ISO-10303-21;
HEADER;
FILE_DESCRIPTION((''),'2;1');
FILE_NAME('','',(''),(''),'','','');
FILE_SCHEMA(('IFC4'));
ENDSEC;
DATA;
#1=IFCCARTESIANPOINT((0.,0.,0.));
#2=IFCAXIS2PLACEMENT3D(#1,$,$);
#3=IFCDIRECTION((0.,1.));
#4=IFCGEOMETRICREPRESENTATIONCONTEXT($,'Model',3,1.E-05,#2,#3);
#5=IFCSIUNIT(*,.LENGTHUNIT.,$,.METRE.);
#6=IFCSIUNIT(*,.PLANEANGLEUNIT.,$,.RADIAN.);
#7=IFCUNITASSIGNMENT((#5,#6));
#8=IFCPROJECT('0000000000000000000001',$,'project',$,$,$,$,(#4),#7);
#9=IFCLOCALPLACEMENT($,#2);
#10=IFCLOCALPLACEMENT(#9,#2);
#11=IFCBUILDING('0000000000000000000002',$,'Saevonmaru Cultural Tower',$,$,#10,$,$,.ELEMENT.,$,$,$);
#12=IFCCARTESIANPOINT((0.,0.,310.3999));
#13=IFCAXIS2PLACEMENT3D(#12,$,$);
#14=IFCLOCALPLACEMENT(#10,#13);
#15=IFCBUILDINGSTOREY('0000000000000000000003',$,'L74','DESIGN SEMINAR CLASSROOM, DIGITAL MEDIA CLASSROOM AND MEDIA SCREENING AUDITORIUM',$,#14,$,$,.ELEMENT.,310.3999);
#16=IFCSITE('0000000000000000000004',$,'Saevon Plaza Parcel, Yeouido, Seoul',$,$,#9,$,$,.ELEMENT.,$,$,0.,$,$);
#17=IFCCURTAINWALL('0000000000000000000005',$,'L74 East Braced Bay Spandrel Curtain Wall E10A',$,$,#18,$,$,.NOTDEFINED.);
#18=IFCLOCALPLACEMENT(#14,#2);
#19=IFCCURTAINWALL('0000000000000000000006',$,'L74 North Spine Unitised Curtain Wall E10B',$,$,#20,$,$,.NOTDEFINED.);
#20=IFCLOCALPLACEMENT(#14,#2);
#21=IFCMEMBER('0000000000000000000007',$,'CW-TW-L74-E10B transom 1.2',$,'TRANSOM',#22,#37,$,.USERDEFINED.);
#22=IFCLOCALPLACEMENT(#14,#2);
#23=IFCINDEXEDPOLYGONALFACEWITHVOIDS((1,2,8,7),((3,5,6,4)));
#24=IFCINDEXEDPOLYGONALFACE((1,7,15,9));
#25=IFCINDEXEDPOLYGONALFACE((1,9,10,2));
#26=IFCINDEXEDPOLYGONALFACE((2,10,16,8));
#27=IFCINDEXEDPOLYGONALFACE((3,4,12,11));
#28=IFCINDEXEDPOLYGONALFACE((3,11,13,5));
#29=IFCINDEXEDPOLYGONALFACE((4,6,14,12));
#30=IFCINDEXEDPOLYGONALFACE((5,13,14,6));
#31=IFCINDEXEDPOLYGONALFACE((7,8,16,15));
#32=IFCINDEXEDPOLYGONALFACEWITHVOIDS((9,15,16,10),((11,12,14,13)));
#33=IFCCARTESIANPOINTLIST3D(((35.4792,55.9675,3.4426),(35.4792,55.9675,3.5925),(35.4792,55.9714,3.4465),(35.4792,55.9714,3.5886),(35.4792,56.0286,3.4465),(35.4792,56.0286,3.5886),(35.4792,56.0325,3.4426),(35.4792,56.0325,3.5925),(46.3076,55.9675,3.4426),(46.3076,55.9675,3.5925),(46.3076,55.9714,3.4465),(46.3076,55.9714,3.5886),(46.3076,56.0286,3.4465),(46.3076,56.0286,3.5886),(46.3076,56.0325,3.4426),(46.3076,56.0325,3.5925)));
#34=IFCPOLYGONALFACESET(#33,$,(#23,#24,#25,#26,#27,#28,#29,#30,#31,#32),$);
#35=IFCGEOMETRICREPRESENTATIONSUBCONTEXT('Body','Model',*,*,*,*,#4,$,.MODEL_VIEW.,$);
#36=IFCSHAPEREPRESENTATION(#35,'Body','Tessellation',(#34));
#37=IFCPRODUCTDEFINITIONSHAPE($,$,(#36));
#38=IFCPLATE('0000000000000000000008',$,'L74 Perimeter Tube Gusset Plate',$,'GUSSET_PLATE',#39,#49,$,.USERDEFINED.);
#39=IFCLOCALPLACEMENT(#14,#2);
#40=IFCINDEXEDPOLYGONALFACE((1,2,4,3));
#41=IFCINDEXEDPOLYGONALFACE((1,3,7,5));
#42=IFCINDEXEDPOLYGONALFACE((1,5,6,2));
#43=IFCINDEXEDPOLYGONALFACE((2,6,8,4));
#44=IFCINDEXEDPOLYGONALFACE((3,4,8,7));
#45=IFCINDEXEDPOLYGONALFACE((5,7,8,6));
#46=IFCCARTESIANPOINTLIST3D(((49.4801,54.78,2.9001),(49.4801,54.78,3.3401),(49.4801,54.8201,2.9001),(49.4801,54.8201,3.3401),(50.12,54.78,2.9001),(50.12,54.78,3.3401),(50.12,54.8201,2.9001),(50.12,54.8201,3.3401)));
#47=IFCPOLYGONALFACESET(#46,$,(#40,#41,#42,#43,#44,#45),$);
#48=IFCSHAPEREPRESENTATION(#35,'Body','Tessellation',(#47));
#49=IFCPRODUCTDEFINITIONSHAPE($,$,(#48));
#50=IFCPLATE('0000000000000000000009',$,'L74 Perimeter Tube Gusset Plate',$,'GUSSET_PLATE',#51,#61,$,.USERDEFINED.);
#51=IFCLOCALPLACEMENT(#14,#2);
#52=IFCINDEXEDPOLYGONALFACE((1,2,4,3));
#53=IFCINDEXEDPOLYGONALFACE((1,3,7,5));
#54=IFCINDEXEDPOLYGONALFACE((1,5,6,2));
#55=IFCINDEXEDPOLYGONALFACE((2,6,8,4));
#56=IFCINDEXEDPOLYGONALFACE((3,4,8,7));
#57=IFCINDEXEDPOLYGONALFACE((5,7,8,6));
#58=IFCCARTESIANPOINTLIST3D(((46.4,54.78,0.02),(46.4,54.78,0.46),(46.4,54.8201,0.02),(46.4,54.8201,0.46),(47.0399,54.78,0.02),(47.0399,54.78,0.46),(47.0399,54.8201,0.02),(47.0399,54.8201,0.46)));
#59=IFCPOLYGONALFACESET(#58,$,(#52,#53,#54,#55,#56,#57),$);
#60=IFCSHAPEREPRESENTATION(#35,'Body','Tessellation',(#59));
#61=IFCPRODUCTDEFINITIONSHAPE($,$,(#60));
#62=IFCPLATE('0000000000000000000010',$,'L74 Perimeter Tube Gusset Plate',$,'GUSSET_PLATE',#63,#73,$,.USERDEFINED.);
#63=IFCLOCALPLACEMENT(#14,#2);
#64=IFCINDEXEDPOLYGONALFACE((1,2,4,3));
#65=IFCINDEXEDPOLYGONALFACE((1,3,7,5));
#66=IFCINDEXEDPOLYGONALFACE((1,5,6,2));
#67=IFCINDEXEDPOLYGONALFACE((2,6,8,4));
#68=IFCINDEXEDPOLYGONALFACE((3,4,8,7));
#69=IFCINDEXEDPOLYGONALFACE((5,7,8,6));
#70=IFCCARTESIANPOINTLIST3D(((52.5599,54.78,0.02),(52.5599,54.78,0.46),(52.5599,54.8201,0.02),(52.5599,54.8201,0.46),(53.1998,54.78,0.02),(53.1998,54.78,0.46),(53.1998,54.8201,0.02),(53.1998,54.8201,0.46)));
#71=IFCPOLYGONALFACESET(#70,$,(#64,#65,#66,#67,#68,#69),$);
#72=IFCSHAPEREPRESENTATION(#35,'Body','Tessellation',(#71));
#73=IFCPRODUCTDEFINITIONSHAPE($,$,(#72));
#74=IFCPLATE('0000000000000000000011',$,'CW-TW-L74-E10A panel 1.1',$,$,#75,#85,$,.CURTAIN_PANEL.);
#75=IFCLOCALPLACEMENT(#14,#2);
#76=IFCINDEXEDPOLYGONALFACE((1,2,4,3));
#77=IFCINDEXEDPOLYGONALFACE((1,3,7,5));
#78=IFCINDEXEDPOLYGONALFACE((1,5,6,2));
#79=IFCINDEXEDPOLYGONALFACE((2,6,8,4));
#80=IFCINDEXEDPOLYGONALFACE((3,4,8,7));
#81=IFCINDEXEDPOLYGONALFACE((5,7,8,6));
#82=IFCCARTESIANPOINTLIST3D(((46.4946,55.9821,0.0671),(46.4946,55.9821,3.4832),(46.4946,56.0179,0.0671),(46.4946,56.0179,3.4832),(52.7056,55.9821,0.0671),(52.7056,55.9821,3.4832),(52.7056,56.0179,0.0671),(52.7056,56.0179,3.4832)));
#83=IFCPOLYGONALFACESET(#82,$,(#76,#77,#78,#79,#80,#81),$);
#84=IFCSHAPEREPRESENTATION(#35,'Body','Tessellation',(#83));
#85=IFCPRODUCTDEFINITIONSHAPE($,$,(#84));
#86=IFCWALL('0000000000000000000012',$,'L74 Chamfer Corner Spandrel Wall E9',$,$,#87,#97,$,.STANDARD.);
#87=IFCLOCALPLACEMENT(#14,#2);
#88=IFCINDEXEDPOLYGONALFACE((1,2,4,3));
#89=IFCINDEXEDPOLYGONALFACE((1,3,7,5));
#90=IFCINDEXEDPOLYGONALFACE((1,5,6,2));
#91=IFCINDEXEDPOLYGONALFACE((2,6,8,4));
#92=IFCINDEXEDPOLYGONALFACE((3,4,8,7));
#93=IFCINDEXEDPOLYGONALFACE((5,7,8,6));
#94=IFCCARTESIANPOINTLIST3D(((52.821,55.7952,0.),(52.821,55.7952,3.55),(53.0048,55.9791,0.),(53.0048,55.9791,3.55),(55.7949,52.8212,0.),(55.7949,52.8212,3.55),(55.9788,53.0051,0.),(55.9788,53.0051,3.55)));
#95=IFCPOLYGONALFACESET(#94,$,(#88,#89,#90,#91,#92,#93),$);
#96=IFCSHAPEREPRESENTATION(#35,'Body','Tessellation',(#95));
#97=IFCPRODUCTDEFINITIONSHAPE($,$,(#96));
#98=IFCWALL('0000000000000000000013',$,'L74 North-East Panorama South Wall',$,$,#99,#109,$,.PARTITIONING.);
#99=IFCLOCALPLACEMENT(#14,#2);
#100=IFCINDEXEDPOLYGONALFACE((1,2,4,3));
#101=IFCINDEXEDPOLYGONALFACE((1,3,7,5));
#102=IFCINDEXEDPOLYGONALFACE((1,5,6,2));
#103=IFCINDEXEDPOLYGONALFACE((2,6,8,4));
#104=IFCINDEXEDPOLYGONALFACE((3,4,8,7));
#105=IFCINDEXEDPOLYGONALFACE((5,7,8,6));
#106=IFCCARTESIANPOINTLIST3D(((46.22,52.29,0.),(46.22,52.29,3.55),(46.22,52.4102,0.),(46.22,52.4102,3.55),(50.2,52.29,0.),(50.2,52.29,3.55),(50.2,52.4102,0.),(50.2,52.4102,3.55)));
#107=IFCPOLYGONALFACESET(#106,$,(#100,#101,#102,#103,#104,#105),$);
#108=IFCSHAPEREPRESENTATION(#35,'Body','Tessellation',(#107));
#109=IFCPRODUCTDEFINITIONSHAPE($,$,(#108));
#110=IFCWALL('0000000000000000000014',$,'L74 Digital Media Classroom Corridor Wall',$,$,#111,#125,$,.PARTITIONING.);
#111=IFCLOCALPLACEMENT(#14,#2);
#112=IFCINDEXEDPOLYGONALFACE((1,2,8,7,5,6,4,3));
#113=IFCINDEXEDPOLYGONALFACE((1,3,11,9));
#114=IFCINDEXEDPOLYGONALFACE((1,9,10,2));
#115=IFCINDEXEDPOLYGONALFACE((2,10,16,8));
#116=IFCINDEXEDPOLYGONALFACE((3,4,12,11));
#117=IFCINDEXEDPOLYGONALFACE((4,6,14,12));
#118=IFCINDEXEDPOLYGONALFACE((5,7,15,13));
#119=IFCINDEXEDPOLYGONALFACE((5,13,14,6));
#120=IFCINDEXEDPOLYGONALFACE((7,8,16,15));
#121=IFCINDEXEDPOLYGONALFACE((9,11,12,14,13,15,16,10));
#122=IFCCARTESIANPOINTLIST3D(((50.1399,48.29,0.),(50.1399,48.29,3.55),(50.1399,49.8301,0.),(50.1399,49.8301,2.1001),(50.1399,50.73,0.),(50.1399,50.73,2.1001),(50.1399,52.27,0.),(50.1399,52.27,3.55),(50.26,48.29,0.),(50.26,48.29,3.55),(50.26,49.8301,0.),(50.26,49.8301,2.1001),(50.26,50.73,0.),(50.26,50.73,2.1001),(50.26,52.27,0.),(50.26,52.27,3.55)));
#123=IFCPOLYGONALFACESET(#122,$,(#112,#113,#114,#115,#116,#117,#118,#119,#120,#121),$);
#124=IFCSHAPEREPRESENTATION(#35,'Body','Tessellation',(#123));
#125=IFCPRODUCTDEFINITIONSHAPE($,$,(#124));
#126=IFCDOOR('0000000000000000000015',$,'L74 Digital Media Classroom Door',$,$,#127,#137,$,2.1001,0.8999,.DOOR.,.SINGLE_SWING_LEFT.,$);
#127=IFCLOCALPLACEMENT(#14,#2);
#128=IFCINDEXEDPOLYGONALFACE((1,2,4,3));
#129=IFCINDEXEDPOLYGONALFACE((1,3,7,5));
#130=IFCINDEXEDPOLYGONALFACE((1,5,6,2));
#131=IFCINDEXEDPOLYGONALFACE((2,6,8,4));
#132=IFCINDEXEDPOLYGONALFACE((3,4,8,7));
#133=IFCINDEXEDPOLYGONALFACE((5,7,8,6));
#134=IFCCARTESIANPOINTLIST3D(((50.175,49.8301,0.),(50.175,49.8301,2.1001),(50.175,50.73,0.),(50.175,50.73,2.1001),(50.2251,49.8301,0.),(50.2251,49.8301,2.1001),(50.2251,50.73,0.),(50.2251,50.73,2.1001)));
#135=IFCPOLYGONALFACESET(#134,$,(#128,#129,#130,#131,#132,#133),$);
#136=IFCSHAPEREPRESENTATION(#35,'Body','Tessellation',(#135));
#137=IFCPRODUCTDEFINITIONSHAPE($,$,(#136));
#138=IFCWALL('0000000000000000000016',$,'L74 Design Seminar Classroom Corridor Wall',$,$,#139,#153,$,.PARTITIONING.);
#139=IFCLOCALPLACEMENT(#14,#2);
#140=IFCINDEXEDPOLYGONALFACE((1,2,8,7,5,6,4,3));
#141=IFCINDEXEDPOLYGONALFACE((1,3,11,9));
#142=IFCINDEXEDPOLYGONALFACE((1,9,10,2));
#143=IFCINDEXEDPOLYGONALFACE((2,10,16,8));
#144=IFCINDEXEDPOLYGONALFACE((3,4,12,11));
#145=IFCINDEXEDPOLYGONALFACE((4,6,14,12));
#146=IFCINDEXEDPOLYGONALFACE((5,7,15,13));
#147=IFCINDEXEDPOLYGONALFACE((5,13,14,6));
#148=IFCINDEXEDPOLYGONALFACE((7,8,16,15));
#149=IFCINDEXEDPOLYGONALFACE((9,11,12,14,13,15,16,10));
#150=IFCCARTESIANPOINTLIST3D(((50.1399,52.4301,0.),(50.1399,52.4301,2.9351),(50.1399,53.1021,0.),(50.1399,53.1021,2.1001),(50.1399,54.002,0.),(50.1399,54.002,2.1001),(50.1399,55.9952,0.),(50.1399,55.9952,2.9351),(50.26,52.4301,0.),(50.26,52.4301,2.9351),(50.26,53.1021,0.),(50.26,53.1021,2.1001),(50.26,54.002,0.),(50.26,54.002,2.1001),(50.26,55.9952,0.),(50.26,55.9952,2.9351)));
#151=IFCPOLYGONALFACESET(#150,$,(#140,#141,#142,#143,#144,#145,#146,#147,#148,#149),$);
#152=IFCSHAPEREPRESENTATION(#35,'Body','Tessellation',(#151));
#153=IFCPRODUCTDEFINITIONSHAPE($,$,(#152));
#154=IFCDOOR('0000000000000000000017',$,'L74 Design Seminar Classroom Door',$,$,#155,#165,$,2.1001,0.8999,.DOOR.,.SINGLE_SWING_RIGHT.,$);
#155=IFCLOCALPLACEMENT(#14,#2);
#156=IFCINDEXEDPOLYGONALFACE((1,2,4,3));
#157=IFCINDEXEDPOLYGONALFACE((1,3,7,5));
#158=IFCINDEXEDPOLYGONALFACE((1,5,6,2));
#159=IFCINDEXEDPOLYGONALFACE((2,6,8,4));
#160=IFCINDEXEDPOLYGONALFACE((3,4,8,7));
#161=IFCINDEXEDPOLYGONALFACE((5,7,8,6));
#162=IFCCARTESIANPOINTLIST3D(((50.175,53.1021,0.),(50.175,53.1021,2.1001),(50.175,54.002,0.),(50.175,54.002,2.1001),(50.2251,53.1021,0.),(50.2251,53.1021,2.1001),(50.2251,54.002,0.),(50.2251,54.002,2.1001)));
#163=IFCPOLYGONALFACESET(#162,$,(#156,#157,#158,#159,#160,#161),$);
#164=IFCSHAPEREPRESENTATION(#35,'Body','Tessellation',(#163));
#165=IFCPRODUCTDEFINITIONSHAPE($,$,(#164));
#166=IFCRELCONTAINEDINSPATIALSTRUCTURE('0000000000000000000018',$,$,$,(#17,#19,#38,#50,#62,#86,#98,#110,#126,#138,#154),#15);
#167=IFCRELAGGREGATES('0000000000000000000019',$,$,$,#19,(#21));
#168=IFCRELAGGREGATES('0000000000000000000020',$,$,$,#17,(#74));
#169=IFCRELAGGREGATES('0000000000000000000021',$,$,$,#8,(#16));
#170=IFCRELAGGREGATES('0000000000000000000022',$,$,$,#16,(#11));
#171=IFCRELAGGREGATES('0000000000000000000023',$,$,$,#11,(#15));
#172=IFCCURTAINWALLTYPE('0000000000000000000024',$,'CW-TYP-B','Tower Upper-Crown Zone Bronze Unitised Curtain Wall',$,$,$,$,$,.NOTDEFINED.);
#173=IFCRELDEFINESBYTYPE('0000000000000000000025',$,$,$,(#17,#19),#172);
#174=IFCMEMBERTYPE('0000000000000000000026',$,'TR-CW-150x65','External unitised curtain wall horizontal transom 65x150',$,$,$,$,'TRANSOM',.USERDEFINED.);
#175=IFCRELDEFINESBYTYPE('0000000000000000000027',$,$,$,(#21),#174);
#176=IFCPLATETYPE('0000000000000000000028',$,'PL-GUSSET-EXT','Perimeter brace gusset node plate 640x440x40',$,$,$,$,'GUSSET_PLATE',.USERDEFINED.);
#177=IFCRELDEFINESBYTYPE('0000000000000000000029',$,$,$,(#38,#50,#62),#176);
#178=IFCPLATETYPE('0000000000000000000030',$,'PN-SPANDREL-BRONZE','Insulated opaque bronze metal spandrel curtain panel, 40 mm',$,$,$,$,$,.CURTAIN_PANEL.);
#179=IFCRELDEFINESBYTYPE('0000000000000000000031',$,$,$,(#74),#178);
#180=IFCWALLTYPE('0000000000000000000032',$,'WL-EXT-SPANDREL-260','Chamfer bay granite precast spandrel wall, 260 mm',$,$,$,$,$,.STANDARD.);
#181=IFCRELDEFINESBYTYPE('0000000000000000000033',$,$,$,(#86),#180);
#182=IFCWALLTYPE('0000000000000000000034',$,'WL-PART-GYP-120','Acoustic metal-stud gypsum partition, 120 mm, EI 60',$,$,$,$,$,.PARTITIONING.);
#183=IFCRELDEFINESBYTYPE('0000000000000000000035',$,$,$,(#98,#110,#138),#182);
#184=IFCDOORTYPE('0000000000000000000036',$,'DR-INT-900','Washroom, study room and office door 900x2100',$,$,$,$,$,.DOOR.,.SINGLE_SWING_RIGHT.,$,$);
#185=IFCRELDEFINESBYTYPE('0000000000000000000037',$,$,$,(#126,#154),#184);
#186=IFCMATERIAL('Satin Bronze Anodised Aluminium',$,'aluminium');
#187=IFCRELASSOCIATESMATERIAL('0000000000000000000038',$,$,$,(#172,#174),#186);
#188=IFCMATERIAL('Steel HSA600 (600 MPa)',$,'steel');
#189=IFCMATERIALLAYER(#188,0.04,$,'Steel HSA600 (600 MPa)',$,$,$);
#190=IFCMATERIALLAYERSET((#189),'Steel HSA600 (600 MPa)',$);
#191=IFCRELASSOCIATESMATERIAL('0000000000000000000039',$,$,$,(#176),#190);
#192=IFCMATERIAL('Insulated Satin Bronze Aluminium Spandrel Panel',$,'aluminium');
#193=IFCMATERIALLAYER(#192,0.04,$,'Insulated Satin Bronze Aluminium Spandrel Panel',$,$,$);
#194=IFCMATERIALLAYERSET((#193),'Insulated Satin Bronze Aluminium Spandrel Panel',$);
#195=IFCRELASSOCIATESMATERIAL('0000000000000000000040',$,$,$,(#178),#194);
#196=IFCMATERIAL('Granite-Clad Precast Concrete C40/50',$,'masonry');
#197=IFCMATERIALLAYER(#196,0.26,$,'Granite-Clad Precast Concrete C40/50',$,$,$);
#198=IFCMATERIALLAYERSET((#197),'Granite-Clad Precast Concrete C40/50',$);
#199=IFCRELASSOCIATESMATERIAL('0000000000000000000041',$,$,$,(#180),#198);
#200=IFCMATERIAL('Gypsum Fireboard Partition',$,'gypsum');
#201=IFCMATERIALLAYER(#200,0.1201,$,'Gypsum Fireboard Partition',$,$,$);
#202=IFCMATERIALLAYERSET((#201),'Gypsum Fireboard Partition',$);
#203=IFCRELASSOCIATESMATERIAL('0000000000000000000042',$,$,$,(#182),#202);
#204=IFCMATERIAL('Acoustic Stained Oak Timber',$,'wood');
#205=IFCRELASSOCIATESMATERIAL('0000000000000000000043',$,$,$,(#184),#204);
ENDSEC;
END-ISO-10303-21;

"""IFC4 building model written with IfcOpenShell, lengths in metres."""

from ifc_helpers import new_model, si_unit, direction, frame, frame_2d, origin, origin_2d, place, context, subcontext, project, spatial, rectangle, hollow_rectangle, extrude, material, layer, layer_set, material_profile, profile_set, type_object, element, fill, aggregate, save


model = new_model("IFC4")

# Units and contexts
model_context = context("Model", 3, precision=1e-05, world=origin(), true_north=direction((0.0, 1.0)))
body_context = subcontext(model_context, "Body", "Model", "MODEL_VIEW")
ifc_project = project(units=[si_unit("LENGTHUNIT", "METRE"), si_unit("PLANEANGLEUNIT", "RADIAN")], contexts=[model_context])

# Site, building, storey
site_placement = place(None, origin())
site = spatial("IfcSite", under=ifc_project, at=site_placement, Name="Saevon Plaza Parcel, Yeouido, Seoul", CompositionType="ELEMENT", RefElevation=0.0)
building_placement = place(site_placement, origin())
building = spatial("IfcBuilding", under=site, at=building_placement, Name="Saevonmaru Cultural Tower", CompositionType="ELEMENT")
storey_placement = place(building_placement, frame((0.0, 0.0, 310.3999)))
storey = spatial("IfcBuildingStorey", under=building, at=storey_placement, Name="L74", Description="DESIGN SEMINAR CLASSROOM, DIGITAL MEDIA CLASSROOM AND MEDIA SCREENING AUDITORIUM", CompositionType="ELEMENT", Elevation=310.3999)

# Shared definitions
ifc_material_1 = material(Name="Satin Bronze Anodised Aluminium", Category="aluminium")
curtain_wall_type = type_object("IfcCurtainWallType", Name="CW-TYP-B", Description="Tower Upper-Crown Zone Bronze Unitised Curtain Wall", PredefinedType="NOTDEFINED", material=ifc_material_1)

# Curtain wall
curtain_wall_1_placement = place(storey_placement, origin())
curtain_wall_1 = element("IfcCurtainWall", 1, at=curtain_wall_1_placement, inside=storey, type_object=curtain_wall_type, Name="L74 East Braced Bay Spandrel Curtain Wall E10A", PredefinedType="NOTDEFINED")

# Curtain wall
curtain_wall_2_placement = place(storey_placement, origin())
curtain_wall_2 = element("IfcCurtainWall", 2, at=curtain_wall_2_placement, inside=storey, type_object=curtain_wall_type, Name="L74 North Spine Unitised Curtain Wall E10B", PredefinedType="NOTDEFINED")

# Member
ifc_material_profile_1 = material_profile(ifc_material_1, hollow_rectangle(XDim=0.0649, YDim=0.1499, WallThickness=0.0039, at=origin_2d()), Name="ALU-TRAN-150x65x4")
ifc_profile_set_1 = profile_set([ifc_material_profile_1], Name="Satin Bronze Anodised Aluminium")
member_type_1 = type_object("IfcMemberType", Name="TR-CW-150x65", Description="External unitised curtain wall horizontal transom 65x150", ElementType="TRANSOM", PredefinedType="USERDEFINED", material=ifc_profile_set_1)
member_1_placement = place(storey_placement, frame((46.3076, 56.0, 3.5176), z_axis=(-1.0, 0.0, 0.0), x_axis=(0.0, -1.0, 0.0)))
member_1 = element("IfcMember", 3, at=member_1_placement, type_object=member_type_1, Name="CW-TW-L74-E10B transom 1.2", ObjectType="TRANSOM", PredefinedType="USERDEFINED", context=body_context, shape_type="SweptSolid", body=[
    extrude(hollow_rectangle(XDim=0.0649, YDim=0.1499, WallThickness=0.0039, at=origin_2d()), origin(), (0.0, 0.0, 1.0), 10.8284),
])
aggregate(curtain_wall_2, [member_1])

# Plates
ifc_material_2 = material(Name="Steel HSA600 (600 MPa)", Category="steel")
ifc_layer_1 = layer(ifc_material_2, 0.04, Name="Steel HSA600 (600 MPa)")
ifc_layer_set_1 = layer_set([ifc_layer_1], Name="Steel HSA600 (600 MPa)")
plate_type_1 = type_object("IfcPlateType", Name="PL-GUSSET-EXT", Description="Perimeter brace gusset node plate 640x440x40", ElementType="GUSSET_PLATE", PredefinedType="USERDEFINED", material=ifc_layer_set_1)
for number, where, z_axis, x_axis, name in (
    (4, (49.8, 54.8, 2.9001), (0.0, 0.0, 1.0), (1.0, 0.0, 0.0), "L74 Perimeter Tube Gusset Plate"),
    (5, (46.72, 54.8, 0.02), (0.0, 0.0, 1.0), (1.0, 0.0, 0.0), "L74 Perimeter Tube Gusset Plate"),
    (6, (52.8799, 54.8, 0.02), (0.0, 0.0, 1.0), (1.0, 0.0, 0.0), "L74 Perimeter Tube Gusset Plate"),
):
    element("IfcPlate", number, at=place(storey_placement, frame(where, z_axis=z_axis, x_axis=x_axis)), inside=storey, type_object=plate_type_1, Name=name, ObjectType="GUSSET_PLATE", PredefinedType="USERDEFINED", context=body_context, shape_type="SweptSolid", body=[
        extrude(rectangle(XDim=0.6399, YDim=0.04, at=origin_2d()), origin(), (0.0, 0.0, 1.0), 0.4399),
    ])

# Plate
ifc_material_3 = material(Name="Insulated Satin Bronze Aluminium Spandrel Panel", Category="aluminium")
ifc_layer_2 = layer(ifc_material_3, 0.04, Name="Insulated Satin Bronze Aluminium Spandrel Panel")
ifc_layer_set_2 = layer_set([ifc_layer_2], Name="Insulated Satin Bronze Aluminium Spandrel Panel")
plate_type_2 = type_object("IfcPlateType", Name="PN-SPANDREL-BRONZE", Description="Insulated opaque bronze metal spandrel curtain panel, 40 mm", PredefinedType="CURTAIN_PANEL", material=ifc_layer_set_2)
plate_placement = place(storey_placement, frame((49.6001, 56.0, 0.0671), z_axis=(0.0, 0.0, 1.0), x_axis=(-1.0, 0.0, 0.0)))
plate = element("IfcPlate", 7, at=plate_placement, type_object=plate_type_2, Name="CW-TW-L74-E10A panel 1.1", PredefinedType="CURTAIN_PANEL", context=body_context, shape_type="SweptSolid", body=[
    extrude(rectangle(XDim=6.2109, YDim=0.0359, at=origin_2d()), origin(), (0.0, 0.0, 1.0), 3.416),
])
aggregate(curtain_wall_1, [plate])

# Walls
ifc_material_4 = material(Name="Granite-Clad Precast Concrete C40/50", Category="masonry")
ifc_layer_3 = layer(ifc_material_4, 0.26, Name="Granite-Clad Precast Concrete C40/50")
ifc_layer_set_3 = layer_set([ifc_layer_3], Name="Granite-Clad Precast Concrete C40/50")
wall_type_1 = type_object("IfcWallType", Name="WL-EXT-SPANDREL-260", Description="Chamfer bay granite precast spandrel wall, 260 mm", PredefinedType="STANDARD", material=ifc_layer_set_3)
wall_1_placement = place(storey_placement, frame((55.887, 52.9131, 0.0), z_axis=(0.0, 0.0, 1.0), x_axis=(-0.707107, 0.707107, 0.0)))
element("IfcWall", 8, at=wall_1_placement, inside=storey, type_object=wall_type_1, Name="L74 Chamfer Corner Spandrel Wall E9", PredefinedType="STANDARD", context=body_context, shape_type="SweptSolid", body=[
    extrude(rectangle(XDim=4.2058, YDim=0.26, at=frame_2d((2.103, 0.0))), origin(), (0.0, 0.0, 1.0), 3.55),
])
ifc_material_5 = material(Name="Gypsum Fireboard Partition", Category="gypsum")
ifc_layer_4 = layer(ifc_material_5, 0.1201, Name="Gypsum Fireboard Partition")
ifc_layer_set_4 = layer_set([ifc_layer_4], Name="Gypsum Fireboard Partition")
wall_type_2 = type_object("IfcWallType", Name="WL-PART-GYP-120", Description="Acoustic metal-stud gypsum partition, 120 mm, EI 60", PredefinedType="PARTITIONING", material=ifc_layer_set_4)
wall_2_placement = place(storey_placement, frame((46.22, 52.3501, 0.0), z_axis=(0.0, 0.0, 1.0), x_axis=(1.0, 0.0, 0.0)))
element("IfcWall", 9, at=wall_2_placement, inside=storey, type_object=wall_type_2, Name="L74 North-East Panorama South Wall", PredefinedType="PARTITIONING", context=body_context, shape_type="SweptSolid", body=[
    extrude(rectangle(XDim=3.98, YDim=0.1201, at=frame_2d((1.99, 0.0))), origin(), (0.0, 0.0, 1.0), 3.55),
])

# Walls, openings, doors
wall_3_placement = place(storey_placement, frame((50.2, 48.29, 0.0), z_axis=(0.0, 0.0, 1.0), x_axis=(0.0, 1.0, 0.0)))
wall_3 = element("IfcWall", 10, at=wall_3_placement, inside=storey, type_object=wall_type_2, Name="L74 Digital Media Classroom Corridor Wall", PredefinedType="PARTITIONING", context=body_context, shape_type="SweptSolid", body=[
    extrude(rectangle(XDim=3.98, YDim=0.1201, at=frame_2d((1.99, 0.0))), origin(), (0.0, 0.0, 1.0), 3.55),
])
opening_1_placement = place(wall_3_placement, frame((1.54, 0.0, 0.0)))
opening_1 = element("IfcOpeningElement", 11, at=opening_1_placement, cuts=wall_3, PredefinedType="OPENING", context=body_context, shape_type="SweptSolid", body=[
    extrude(rectangle(XDim=0.8999, YDim=2.1001, at=frame_2d((0.45, 1.05))), frame((0.0, 0.0701, 0.0), z_axis=(0.0, -1.0, 0.0), x_axis=(1.0, 0.0, 0.0)), (0.0, 0.0, 1.0), 0.1401),
])
ifc_material_6 = material(Name="Acoustic Stained Oak Timber", Category="wood")
door_type_1 = type_object("IfcDoorType", Name="DR-INT-900", Description="Washroom, study room and office door 900x2100", OperationType="SINGLE_SWING_RIGHT", PredefinedType="DOOR", material=ifc_material_6)
door_1_placement = place(opening_1_placement, origin())
door_1 = element("IfcDoor", 12, at=door_1_placement, inside=storey, type_object=door_type_1, Name="L74 Digital Media Classroom Door", OperationType="SINGLE_SWING_LEFT", OverallHeight=2.1001, OverallWidth=0.8999, PredefinedType="DOOR", context=body_context, shape_type="SweptSolid", body=[
    extrude(rectangle(XDim=0.8999, YDim=2.1001, at=frame_2d((0.45, 1.05))), frame((0.0, 0.0249, 0.0), z_axis=(0.0, -1.0, 0.0), x_axis=(1.0, 0.0, 0.0)), (0.0, 0.0, 1.0), 0.05),
])
fill(opening_1, door_1)
wall_4_placement = place(storey_placement, frame((50.2, 52.4299, 0.0), z_axis=(0.0, 0.0, 1.0), x_axis=(0.0, 1.0, 0.0)))
wall_4 = element("IfcWall", 13, at=wall_4_placement, inside=storey, type_object=wall_type_2, Name="L74 Design Seminar Classroom Corridor Wall", PredefinedType="PARTITIONING", context=body_context, shape_type="SweptSolid", body=[
    extrude(rectangle(XDim=3.5652, YDim=0.1201, at=frame_2d((1.7827, 0.0))), origin(), (0.0, 0.0, 1.0), 2.9351),
])
opening_2_placement = place(wall_4_placement, frame((0.6721, 0.0, 0.0)))
opening_2 = element("IfcOpeningElement", 14, at=opening_2_placement, cuts=wall_4, PredefinedType="OPENING", context=body_context, shape_type="SweptSolid", body=[
    extrude(rectangle(XDim=0.8999, YDim=2.1001, at=frame_2d((0.45, 1.05))), frame((0.0, 0.0701, 0.0), z_axis=(0.0, -1.0, 0.0), x_axis=(1.0, 0.0, 0.0)), (0.0, 0.0, 1.0), 0.1401),
])
door_2_placement = place(opening_2_placement, origin())
door_2 = element("IfcDoor", 15, at=door_2_placement, inside=storey, type_object=door_type_1, Name="L74 Design Seminar Classroom Door", OperationType="SINGLE_SWING_RIGHT", OverallHeight=2.1001, OverallWidth=0.8999, PredefinedType="DOOR", context=body_context, shape_type="SweptSolid", body=[
    extrude(rectangle(XDim=0.8999, YDim=2.1001, at=frame_2d((0.45, 1.05))), frame((0.0, 0.0249, 0.0), z_axis=(0.0, -1.0, 0.0), x_axis=(1.0, 0.0, 0.0)), (0.0, 0.0, 1.0), 0.05),
])
fill(opening_2, door_2)

save(model, "model.ifc")
